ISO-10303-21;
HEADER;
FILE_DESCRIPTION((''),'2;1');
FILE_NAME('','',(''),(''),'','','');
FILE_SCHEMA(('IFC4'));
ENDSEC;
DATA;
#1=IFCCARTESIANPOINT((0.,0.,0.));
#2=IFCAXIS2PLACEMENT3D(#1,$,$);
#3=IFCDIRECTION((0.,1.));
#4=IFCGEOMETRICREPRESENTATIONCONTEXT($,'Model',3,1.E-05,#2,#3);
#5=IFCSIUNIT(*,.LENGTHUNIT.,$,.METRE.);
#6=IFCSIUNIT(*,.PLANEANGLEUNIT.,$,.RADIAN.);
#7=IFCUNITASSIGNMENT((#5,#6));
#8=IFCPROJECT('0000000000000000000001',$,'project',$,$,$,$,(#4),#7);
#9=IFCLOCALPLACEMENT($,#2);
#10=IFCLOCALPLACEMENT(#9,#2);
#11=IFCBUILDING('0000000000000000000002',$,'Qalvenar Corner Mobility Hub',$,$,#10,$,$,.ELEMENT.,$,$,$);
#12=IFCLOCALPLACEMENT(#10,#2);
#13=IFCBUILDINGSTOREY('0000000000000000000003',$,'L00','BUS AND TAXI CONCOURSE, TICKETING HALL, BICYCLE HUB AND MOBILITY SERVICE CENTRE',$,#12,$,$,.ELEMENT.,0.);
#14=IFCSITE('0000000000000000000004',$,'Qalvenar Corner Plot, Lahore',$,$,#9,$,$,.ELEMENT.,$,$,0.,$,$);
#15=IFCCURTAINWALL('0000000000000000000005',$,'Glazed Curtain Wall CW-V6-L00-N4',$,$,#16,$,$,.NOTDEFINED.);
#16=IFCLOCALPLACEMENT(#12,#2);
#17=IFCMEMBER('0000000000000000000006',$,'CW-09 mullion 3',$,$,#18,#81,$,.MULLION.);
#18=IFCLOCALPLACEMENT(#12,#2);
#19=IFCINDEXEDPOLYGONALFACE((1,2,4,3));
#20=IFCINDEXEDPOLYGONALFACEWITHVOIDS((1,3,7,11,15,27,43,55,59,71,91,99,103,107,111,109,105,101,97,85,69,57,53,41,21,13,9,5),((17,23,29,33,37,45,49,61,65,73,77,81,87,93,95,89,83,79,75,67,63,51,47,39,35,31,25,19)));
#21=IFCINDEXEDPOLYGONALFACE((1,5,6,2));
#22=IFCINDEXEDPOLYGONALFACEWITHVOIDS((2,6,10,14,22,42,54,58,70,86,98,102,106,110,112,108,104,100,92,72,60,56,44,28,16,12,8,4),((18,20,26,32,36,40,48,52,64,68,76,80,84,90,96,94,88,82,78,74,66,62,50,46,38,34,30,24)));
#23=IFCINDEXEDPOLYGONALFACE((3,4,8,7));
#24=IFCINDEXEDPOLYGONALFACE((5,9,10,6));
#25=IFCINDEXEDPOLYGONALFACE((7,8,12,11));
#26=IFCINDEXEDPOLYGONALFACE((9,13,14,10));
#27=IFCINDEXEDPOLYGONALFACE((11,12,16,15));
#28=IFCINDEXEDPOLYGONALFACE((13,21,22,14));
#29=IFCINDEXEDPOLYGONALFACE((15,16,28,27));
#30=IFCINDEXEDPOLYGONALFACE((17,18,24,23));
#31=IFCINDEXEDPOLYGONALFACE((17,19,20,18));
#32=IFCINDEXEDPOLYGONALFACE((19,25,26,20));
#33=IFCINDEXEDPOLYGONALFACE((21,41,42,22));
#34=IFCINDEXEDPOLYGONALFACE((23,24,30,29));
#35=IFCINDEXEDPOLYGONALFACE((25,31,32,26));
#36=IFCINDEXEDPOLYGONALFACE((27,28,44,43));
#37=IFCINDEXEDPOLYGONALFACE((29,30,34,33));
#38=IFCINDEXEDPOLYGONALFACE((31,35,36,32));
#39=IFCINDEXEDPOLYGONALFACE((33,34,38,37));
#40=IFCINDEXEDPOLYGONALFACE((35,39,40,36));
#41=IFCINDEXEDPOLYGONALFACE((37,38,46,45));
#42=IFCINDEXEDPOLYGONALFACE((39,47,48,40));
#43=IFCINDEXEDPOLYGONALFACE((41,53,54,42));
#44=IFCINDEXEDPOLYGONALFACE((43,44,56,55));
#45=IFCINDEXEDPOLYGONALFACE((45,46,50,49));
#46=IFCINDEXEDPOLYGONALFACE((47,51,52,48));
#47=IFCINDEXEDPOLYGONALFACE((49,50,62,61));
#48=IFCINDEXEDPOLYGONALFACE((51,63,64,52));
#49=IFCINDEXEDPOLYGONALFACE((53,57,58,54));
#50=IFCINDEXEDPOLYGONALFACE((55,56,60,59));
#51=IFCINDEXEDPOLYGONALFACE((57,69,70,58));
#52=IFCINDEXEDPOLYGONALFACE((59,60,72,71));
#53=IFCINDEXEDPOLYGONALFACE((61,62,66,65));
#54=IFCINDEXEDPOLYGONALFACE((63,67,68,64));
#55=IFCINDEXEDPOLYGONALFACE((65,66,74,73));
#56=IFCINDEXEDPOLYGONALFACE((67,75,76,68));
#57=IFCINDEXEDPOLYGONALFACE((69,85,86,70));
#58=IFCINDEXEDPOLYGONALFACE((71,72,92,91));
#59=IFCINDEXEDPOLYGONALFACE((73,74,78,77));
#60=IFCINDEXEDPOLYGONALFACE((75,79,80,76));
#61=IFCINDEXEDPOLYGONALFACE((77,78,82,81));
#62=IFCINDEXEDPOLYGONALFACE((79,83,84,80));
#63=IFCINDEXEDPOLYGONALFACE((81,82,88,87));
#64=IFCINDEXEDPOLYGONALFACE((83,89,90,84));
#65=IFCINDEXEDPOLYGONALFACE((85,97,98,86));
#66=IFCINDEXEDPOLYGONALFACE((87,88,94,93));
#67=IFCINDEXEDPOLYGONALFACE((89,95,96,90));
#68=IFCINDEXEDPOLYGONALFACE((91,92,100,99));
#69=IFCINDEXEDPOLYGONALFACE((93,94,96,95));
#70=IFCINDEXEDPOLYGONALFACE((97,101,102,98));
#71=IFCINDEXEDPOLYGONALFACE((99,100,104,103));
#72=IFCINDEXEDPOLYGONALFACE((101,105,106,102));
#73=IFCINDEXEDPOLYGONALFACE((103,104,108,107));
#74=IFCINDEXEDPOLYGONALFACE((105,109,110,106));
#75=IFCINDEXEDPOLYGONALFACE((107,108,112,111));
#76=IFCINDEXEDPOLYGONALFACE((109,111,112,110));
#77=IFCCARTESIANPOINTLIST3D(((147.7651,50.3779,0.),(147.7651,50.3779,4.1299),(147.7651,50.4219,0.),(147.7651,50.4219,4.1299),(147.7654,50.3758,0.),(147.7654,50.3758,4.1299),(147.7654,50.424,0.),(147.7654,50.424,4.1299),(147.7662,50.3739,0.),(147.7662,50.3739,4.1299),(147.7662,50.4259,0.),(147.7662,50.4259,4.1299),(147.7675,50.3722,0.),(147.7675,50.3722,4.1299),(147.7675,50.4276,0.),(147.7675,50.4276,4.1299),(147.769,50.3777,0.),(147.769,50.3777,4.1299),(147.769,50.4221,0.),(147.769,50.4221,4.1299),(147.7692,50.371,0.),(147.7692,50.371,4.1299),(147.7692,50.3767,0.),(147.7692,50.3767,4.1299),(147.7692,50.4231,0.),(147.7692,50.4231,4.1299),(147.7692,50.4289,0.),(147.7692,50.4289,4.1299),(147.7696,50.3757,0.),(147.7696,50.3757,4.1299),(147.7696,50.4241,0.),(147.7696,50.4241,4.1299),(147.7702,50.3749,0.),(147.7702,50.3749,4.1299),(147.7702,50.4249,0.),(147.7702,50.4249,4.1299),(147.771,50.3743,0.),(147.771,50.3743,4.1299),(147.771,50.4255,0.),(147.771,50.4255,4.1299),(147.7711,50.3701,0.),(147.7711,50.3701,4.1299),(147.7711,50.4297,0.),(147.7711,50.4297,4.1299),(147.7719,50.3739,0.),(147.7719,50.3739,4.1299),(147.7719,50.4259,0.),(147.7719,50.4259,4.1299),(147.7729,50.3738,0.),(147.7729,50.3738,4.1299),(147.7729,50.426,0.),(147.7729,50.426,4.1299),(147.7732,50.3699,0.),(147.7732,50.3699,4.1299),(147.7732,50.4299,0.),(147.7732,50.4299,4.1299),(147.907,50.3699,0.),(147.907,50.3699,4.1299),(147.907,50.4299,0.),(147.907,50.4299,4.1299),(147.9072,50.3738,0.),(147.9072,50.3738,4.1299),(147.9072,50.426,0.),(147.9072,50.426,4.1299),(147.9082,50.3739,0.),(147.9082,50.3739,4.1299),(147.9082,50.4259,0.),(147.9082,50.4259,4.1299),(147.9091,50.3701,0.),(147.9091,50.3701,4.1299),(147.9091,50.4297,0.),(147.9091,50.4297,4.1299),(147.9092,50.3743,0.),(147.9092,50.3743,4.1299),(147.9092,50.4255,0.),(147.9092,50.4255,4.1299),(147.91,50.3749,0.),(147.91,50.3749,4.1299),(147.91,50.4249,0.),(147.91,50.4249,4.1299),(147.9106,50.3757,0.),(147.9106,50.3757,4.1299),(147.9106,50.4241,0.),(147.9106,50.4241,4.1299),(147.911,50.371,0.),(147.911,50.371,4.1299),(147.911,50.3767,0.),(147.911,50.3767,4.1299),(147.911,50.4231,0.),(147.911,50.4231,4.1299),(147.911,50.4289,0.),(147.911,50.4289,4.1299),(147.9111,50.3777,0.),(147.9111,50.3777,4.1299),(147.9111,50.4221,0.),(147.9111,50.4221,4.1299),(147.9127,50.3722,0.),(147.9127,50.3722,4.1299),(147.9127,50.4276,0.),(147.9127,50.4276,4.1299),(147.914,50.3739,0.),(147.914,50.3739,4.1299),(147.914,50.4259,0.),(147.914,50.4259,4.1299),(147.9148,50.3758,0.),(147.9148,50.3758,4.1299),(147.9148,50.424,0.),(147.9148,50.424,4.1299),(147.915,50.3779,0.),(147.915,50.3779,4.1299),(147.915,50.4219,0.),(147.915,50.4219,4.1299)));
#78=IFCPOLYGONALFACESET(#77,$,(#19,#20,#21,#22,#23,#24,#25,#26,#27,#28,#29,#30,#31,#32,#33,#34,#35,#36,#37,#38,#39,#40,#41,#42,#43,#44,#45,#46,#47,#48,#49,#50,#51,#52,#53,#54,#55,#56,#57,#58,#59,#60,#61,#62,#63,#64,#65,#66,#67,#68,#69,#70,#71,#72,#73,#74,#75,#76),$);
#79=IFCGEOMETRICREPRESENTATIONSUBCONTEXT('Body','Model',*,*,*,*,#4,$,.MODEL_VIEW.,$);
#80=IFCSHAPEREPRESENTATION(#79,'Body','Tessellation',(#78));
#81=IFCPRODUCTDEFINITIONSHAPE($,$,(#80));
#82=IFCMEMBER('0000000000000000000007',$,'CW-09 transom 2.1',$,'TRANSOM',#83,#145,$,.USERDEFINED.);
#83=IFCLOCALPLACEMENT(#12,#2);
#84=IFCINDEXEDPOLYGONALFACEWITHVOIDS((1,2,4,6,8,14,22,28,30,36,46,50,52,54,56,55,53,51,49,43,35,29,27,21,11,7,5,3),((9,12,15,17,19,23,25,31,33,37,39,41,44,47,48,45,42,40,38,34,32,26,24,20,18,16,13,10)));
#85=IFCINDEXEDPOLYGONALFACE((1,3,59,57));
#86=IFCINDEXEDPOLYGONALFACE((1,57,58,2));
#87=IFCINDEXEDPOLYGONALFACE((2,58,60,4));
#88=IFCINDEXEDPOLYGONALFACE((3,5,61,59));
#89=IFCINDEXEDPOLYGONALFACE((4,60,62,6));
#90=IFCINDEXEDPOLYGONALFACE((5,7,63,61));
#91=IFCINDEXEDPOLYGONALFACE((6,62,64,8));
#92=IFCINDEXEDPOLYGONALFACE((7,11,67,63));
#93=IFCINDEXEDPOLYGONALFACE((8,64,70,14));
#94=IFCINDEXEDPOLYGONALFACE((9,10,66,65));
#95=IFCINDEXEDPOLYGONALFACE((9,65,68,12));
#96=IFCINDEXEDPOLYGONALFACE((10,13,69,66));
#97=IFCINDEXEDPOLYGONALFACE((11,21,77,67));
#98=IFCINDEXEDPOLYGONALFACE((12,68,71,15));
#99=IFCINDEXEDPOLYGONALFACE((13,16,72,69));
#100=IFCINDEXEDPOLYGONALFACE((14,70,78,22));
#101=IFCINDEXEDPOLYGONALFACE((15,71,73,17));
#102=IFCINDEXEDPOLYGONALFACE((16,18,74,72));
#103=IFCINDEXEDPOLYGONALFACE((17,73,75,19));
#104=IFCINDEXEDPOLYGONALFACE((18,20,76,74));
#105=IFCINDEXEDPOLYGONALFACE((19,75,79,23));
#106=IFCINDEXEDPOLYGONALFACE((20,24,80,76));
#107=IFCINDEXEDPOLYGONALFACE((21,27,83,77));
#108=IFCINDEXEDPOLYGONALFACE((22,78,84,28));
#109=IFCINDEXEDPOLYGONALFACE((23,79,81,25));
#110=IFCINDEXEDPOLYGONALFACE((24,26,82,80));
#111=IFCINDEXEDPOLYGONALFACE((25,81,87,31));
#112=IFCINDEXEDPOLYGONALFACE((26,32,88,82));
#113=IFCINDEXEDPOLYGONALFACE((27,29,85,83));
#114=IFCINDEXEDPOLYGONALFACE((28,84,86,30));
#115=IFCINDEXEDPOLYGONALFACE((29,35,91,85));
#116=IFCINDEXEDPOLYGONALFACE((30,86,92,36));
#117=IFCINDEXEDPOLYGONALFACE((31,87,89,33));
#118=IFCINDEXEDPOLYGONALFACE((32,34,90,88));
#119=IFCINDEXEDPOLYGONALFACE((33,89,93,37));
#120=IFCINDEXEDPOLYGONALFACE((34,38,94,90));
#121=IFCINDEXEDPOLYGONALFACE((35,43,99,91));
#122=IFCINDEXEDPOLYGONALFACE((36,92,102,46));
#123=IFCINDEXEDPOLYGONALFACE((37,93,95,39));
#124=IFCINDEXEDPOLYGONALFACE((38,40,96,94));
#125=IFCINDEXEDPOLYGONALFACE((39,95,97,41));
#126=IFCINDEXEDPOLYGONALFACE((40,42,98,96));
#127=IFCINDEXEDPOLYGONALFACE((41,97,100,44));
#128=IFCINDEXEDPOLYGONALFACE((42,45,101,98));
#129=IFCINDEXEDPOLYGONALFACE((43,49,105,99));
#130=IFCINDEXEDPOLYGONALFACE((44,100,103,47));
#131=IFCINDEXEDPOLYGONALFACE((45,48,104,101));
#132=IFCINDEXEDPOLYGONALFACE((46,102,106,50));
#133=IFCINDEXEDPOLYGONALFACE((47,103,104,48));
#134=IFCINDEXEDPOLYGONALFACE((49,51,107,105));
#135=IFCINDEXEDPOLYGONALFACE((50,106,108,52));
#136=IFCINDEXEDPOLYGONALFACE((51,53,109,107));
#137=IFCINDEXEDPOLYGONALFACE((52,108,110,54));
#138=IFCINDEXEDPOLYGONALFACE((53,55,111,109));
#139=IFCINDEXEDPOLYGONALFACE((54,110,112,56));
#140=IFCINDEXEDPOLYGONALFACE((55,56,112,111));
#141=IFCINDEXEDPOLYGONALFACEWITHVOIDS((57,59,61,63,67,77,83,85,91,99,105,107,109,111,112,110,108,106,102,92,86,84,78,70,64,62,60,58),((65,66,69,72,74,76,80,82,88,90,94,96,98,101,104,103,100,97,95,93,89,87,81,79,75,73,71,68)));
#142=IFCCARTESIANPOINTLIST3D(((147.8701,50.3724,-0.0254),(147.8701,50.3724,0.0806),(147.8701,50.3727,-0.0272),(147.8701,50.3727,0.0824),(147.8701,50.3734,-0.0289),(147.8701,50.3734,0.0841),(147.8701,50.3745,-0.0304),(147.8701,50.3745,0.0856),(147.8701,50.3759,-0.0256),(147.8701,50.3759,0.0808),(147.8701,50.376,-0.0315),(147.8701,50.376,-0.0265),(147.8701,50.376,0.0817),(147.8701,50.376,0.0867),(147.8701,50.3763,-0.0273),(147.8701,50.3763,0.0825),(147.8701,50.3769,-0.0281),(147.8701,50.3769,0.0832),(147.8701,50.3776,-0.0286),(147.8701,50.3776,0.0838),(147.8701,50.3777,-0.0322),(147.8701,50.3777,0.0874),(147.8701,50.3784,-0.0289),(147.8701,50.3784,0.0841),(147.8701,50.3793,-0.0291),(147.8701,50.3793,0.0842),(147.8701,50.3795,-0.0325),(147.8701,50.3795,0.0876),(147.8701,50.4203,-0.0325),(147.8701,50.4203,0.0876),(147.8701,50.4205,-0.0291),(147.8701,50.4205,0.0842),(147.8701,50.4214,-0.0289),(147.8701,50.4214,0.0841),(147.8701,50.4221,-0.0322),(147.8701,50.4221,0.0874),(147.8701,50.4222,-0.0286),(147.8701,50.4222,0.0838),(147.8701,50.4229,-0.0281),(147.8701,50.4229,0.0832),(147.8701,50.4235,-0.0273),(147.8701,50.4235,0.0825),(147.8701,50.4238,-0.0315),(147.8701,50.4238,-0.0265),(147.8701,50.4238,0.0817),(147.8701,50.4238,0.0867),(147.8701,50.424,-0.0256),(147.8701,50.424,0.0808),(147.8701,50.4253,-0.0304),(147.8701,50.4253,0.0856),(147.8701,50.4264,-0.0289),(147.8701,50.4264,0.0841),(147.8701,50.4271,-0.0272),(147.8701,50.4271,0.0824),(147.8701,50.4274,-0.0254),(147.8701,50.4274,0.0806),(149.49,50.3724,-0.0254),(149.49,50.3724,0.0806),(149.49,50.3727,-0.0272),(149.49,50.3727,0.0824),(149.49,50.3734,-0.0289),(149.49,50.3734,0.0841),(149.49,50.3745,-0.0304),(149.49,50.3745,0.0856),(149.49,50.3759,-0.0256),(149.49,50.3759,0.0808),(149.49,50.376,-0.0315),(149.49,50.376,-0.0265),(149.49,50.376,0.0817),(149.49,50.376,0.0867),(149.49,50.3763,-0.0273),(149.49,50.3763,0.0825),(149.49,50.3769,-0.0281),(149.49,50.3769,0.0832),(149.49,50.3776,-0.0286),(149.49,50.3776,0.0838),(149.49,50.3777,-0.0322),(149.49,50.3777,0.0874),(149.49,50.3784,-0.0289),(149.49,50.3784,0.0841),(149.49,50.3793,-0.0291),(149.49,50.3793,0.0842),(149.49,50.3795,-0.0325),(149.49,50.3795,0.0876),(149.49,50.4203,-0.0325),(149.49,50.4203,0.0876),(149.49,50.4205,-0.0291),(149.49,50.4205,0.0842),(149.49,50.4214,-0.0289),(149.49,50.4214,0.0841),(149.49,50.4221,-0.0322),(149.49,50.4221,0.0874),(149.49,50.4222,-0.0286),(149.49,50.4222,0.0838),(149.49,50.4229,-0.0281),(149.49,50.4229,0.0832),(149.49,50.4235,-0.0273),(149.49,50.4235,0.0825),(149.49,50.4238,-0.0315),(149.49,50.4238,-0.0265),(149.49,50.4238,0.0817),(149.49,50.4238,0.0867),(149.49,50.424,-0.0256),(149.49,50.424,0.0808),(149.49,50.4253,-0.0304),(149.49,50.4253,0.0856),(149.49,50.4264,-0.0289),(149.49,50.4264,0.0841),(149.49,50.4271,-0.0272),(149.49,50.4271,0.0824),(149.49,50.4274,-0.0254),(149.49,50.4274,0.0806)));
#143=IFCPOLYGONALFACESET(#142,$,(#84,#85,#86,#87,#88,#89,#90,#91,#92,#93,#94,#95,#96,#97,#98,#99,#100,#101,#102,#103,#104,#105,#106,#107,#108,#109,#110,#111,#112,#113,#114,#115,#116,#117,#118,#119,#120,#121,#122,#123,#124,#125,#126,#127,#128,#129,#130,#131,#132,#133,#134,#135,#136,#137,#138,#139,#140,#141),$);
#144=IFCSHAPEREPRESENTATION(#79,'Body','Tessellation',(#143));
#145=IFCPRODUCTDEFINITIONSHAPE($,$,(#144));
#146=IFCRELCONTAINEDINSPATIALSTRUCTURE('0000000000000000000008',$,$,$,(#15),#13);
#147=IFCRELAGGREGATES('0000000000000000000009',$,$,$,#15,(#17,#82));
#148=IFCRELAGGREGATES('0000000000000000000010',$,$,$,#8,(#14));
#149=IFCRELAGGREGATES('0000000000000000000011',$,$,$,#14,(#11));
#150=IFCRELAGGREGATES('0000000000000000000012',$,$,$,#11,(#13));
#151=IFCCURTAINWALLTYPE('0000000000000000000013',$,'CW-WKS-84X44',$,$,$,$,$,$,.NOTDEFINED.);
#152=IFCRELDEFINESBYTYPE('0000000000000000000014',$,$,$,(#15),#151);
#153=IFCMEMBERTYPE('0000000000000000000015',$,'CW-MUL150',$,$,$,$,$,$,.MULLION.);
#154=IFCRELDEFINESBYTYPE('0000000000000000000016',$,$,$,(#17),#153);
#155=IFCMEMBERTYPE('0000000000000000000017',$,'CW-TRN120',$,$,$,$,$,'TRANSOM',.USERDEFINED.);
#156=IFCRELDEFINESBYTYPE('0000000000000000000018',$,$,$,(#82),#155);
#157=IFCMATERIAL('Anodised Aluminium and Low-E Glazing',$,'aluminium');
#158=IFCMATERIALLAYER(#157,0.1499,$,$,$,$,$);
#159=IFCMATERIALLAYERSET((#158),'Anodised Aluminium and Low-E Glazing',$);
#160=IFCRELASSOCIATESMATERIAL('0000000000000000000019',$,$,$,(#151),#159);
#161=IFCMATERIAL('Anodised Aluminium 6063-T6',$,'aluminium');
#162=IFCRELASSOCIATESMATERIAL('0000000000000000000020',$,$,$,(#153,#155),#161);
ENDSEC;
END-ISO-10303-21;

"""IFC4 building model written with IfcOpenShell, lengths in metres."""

from ifc_helpers import new_model, si_unit, direction, frame, origin, origin_2d, place, context, subcontext, project, spatial, hollow_rectangle, extrude, material, layer, layer_set, material_profile, profile_set, type_object, element, aggregate, save


model = new_model("IFC4")

# Units and contexts
model_context = context("Model", 3, precision=1e-05, world=origin(), true_north=direction((0.0, 1.0)))
body_context = subcontext(model_context, "Body", "Model", "MODEL_VIEW")
ifc_project = project(units=[si_unit("LENGTHUNIT", "METRE"), si_unit("PLANEANGLEUNIT", "RADIAN")], contexts=[model_context])

# Site, building, storey
site_placement = place(None, origin())
site = spatial("IfcSite", under=ifc_project, at=site_placement, Name="Qalvenar Corner Plot, Lahore", CompositionType="ELEMENT", RefElevation=0.0)
building_placement = place(site_placement, origin())
building = spatial("IfcBuilding", under=site, at=building_placement, Name="Qalvenar Corner Mobility Hub", CompositionType="ELEMENT")
storey_placement = place(building_placement, origin())
storey = spatial("IfcBuildingStorey", under=building, at=storey_placement, Name="L00", Description="BUS AND TAXI CONCOURSE, TICKETING HALL, BICYCLE HUB AND MOBILITY SERVICE CENTRE", CompositionType="ELEMENT", Elevation=0.0)

# Curtain wall, members
ifc_material_1 = material(Name="Anodised Aluminium and Low-E Glazing", Category="aluminium")
ifc_layer_1 = layer(ifc_material_1, 0.1499)
ifc_layer_set_1 = layer_set([ifc_layer_1], Name="Anodised Aluminium and Low-E Glazing")
curtain_wall_type = type_object("IfcCurtainWallType", Name="CW-WKS-84X44", PredefinedType="NOTDEFINED", material=ifc_layer_set_1)
curtain_wall_placement = place(storey_placement, origin())
curtain_wall = element("IfcCurtainWall", 1, at=curtain_wall_placement, inside=storey, type_object=curtain_wall_type, Name="Glazed Curtain Wall CW-V6-L00-N4", PredefinedType="NOTDEFINED")
ifc_material_2 = material(Name="Anodised Aluminium 6063-T6", Category="aluminium")
ifc_material_profile_1 = material_profile(ifc_material_2, hollow_rectangle(XDim=0.0601, YDim=0.1499, WallThickness=0.0039, InnerFilletRadius=0.0039, OuterFilletRadius=0.0081, at=origin_2d()), Name="RHS150x60x4")
ifc_profile_set_1 = profile_set([ifc_material_profile_1], Name="Anodised Aluminium 6063-T6")
member_type_1 = type_object("IfcMemberType", Name="CW-MUL150", PredefinedType="MULLION", material=ifc_profile_set_1)
member_1_placement = place(storey_placement, frame((147.8401, 50.3999, 0.0), z_axis=(0.0, 0.0, 1.0), x_axis=(0.0, -1.0, 0.0)))
member_1 = element("IfcMember", 2, at=member_1_placement, type_object=member_type_1, Name="CW-09 mullion 3", PredefinedType="MULLION", context=body_context, shape_type="SweptSolid", body=[
    extrude(hollow_rectangle(XDim=0.0601, YDim=0.1499, WallThickness=0.0039, InnerFilletRadius=0.0039, OuterFilletRadius=0.0081, at=origin_2d()), origin(), (0.0, 0.0, 1.0), 4.1299),
])
ifc_material_profile_2 = material_profile(ifc_material_2, hollow_rectangle(XDim=0.0549, YDim=0.1201, WallThickness=0.0034, InnerFilletRadius=0.0034, OuterFilletRadius=0.0071, at=origin_2d()), Name="RHS120x55x3.5")
ifc_profile_set_2 = profile_set([ifc_material_profile_2], Name="Anodised Aluminium 6063-T6")
member_type_2 = type_object("IfcMemberType", Name="CW-TRN120", ElementType="TRANSOM", PredefinedType="USERDEFINED", material=ifc_profile_set_2)
member_2_placement = place(storey_placement, frame((149.49, 50.3999, 0.0276), z_axis=(-1.0, 0.0, 0.0), x_axis=(0.0, -1.0, 0.0)))
member_2 = element("IfcMember", 3, at=member_2_placement, type_object=member_type_2, Name="CW-09 transom 2.1", ObjectType="TRANSOM", PredefinedType="USERDEFINED", context=body_context, shape_type="SweptSolid", body=[
    extrude(hollow_rectangle(XDim=0.0549, YDim=0.1201, WallThickness=0.0034, InnerFilletRadius=0.0034, OuterFilletRadius=0.0071, at=origin_2d()), origin(), (0.0, 0.0, 1.0), 1.6199),
])
aggregate(curtain_wall, [member_1, member_2])

save(model, "model.ifc")
